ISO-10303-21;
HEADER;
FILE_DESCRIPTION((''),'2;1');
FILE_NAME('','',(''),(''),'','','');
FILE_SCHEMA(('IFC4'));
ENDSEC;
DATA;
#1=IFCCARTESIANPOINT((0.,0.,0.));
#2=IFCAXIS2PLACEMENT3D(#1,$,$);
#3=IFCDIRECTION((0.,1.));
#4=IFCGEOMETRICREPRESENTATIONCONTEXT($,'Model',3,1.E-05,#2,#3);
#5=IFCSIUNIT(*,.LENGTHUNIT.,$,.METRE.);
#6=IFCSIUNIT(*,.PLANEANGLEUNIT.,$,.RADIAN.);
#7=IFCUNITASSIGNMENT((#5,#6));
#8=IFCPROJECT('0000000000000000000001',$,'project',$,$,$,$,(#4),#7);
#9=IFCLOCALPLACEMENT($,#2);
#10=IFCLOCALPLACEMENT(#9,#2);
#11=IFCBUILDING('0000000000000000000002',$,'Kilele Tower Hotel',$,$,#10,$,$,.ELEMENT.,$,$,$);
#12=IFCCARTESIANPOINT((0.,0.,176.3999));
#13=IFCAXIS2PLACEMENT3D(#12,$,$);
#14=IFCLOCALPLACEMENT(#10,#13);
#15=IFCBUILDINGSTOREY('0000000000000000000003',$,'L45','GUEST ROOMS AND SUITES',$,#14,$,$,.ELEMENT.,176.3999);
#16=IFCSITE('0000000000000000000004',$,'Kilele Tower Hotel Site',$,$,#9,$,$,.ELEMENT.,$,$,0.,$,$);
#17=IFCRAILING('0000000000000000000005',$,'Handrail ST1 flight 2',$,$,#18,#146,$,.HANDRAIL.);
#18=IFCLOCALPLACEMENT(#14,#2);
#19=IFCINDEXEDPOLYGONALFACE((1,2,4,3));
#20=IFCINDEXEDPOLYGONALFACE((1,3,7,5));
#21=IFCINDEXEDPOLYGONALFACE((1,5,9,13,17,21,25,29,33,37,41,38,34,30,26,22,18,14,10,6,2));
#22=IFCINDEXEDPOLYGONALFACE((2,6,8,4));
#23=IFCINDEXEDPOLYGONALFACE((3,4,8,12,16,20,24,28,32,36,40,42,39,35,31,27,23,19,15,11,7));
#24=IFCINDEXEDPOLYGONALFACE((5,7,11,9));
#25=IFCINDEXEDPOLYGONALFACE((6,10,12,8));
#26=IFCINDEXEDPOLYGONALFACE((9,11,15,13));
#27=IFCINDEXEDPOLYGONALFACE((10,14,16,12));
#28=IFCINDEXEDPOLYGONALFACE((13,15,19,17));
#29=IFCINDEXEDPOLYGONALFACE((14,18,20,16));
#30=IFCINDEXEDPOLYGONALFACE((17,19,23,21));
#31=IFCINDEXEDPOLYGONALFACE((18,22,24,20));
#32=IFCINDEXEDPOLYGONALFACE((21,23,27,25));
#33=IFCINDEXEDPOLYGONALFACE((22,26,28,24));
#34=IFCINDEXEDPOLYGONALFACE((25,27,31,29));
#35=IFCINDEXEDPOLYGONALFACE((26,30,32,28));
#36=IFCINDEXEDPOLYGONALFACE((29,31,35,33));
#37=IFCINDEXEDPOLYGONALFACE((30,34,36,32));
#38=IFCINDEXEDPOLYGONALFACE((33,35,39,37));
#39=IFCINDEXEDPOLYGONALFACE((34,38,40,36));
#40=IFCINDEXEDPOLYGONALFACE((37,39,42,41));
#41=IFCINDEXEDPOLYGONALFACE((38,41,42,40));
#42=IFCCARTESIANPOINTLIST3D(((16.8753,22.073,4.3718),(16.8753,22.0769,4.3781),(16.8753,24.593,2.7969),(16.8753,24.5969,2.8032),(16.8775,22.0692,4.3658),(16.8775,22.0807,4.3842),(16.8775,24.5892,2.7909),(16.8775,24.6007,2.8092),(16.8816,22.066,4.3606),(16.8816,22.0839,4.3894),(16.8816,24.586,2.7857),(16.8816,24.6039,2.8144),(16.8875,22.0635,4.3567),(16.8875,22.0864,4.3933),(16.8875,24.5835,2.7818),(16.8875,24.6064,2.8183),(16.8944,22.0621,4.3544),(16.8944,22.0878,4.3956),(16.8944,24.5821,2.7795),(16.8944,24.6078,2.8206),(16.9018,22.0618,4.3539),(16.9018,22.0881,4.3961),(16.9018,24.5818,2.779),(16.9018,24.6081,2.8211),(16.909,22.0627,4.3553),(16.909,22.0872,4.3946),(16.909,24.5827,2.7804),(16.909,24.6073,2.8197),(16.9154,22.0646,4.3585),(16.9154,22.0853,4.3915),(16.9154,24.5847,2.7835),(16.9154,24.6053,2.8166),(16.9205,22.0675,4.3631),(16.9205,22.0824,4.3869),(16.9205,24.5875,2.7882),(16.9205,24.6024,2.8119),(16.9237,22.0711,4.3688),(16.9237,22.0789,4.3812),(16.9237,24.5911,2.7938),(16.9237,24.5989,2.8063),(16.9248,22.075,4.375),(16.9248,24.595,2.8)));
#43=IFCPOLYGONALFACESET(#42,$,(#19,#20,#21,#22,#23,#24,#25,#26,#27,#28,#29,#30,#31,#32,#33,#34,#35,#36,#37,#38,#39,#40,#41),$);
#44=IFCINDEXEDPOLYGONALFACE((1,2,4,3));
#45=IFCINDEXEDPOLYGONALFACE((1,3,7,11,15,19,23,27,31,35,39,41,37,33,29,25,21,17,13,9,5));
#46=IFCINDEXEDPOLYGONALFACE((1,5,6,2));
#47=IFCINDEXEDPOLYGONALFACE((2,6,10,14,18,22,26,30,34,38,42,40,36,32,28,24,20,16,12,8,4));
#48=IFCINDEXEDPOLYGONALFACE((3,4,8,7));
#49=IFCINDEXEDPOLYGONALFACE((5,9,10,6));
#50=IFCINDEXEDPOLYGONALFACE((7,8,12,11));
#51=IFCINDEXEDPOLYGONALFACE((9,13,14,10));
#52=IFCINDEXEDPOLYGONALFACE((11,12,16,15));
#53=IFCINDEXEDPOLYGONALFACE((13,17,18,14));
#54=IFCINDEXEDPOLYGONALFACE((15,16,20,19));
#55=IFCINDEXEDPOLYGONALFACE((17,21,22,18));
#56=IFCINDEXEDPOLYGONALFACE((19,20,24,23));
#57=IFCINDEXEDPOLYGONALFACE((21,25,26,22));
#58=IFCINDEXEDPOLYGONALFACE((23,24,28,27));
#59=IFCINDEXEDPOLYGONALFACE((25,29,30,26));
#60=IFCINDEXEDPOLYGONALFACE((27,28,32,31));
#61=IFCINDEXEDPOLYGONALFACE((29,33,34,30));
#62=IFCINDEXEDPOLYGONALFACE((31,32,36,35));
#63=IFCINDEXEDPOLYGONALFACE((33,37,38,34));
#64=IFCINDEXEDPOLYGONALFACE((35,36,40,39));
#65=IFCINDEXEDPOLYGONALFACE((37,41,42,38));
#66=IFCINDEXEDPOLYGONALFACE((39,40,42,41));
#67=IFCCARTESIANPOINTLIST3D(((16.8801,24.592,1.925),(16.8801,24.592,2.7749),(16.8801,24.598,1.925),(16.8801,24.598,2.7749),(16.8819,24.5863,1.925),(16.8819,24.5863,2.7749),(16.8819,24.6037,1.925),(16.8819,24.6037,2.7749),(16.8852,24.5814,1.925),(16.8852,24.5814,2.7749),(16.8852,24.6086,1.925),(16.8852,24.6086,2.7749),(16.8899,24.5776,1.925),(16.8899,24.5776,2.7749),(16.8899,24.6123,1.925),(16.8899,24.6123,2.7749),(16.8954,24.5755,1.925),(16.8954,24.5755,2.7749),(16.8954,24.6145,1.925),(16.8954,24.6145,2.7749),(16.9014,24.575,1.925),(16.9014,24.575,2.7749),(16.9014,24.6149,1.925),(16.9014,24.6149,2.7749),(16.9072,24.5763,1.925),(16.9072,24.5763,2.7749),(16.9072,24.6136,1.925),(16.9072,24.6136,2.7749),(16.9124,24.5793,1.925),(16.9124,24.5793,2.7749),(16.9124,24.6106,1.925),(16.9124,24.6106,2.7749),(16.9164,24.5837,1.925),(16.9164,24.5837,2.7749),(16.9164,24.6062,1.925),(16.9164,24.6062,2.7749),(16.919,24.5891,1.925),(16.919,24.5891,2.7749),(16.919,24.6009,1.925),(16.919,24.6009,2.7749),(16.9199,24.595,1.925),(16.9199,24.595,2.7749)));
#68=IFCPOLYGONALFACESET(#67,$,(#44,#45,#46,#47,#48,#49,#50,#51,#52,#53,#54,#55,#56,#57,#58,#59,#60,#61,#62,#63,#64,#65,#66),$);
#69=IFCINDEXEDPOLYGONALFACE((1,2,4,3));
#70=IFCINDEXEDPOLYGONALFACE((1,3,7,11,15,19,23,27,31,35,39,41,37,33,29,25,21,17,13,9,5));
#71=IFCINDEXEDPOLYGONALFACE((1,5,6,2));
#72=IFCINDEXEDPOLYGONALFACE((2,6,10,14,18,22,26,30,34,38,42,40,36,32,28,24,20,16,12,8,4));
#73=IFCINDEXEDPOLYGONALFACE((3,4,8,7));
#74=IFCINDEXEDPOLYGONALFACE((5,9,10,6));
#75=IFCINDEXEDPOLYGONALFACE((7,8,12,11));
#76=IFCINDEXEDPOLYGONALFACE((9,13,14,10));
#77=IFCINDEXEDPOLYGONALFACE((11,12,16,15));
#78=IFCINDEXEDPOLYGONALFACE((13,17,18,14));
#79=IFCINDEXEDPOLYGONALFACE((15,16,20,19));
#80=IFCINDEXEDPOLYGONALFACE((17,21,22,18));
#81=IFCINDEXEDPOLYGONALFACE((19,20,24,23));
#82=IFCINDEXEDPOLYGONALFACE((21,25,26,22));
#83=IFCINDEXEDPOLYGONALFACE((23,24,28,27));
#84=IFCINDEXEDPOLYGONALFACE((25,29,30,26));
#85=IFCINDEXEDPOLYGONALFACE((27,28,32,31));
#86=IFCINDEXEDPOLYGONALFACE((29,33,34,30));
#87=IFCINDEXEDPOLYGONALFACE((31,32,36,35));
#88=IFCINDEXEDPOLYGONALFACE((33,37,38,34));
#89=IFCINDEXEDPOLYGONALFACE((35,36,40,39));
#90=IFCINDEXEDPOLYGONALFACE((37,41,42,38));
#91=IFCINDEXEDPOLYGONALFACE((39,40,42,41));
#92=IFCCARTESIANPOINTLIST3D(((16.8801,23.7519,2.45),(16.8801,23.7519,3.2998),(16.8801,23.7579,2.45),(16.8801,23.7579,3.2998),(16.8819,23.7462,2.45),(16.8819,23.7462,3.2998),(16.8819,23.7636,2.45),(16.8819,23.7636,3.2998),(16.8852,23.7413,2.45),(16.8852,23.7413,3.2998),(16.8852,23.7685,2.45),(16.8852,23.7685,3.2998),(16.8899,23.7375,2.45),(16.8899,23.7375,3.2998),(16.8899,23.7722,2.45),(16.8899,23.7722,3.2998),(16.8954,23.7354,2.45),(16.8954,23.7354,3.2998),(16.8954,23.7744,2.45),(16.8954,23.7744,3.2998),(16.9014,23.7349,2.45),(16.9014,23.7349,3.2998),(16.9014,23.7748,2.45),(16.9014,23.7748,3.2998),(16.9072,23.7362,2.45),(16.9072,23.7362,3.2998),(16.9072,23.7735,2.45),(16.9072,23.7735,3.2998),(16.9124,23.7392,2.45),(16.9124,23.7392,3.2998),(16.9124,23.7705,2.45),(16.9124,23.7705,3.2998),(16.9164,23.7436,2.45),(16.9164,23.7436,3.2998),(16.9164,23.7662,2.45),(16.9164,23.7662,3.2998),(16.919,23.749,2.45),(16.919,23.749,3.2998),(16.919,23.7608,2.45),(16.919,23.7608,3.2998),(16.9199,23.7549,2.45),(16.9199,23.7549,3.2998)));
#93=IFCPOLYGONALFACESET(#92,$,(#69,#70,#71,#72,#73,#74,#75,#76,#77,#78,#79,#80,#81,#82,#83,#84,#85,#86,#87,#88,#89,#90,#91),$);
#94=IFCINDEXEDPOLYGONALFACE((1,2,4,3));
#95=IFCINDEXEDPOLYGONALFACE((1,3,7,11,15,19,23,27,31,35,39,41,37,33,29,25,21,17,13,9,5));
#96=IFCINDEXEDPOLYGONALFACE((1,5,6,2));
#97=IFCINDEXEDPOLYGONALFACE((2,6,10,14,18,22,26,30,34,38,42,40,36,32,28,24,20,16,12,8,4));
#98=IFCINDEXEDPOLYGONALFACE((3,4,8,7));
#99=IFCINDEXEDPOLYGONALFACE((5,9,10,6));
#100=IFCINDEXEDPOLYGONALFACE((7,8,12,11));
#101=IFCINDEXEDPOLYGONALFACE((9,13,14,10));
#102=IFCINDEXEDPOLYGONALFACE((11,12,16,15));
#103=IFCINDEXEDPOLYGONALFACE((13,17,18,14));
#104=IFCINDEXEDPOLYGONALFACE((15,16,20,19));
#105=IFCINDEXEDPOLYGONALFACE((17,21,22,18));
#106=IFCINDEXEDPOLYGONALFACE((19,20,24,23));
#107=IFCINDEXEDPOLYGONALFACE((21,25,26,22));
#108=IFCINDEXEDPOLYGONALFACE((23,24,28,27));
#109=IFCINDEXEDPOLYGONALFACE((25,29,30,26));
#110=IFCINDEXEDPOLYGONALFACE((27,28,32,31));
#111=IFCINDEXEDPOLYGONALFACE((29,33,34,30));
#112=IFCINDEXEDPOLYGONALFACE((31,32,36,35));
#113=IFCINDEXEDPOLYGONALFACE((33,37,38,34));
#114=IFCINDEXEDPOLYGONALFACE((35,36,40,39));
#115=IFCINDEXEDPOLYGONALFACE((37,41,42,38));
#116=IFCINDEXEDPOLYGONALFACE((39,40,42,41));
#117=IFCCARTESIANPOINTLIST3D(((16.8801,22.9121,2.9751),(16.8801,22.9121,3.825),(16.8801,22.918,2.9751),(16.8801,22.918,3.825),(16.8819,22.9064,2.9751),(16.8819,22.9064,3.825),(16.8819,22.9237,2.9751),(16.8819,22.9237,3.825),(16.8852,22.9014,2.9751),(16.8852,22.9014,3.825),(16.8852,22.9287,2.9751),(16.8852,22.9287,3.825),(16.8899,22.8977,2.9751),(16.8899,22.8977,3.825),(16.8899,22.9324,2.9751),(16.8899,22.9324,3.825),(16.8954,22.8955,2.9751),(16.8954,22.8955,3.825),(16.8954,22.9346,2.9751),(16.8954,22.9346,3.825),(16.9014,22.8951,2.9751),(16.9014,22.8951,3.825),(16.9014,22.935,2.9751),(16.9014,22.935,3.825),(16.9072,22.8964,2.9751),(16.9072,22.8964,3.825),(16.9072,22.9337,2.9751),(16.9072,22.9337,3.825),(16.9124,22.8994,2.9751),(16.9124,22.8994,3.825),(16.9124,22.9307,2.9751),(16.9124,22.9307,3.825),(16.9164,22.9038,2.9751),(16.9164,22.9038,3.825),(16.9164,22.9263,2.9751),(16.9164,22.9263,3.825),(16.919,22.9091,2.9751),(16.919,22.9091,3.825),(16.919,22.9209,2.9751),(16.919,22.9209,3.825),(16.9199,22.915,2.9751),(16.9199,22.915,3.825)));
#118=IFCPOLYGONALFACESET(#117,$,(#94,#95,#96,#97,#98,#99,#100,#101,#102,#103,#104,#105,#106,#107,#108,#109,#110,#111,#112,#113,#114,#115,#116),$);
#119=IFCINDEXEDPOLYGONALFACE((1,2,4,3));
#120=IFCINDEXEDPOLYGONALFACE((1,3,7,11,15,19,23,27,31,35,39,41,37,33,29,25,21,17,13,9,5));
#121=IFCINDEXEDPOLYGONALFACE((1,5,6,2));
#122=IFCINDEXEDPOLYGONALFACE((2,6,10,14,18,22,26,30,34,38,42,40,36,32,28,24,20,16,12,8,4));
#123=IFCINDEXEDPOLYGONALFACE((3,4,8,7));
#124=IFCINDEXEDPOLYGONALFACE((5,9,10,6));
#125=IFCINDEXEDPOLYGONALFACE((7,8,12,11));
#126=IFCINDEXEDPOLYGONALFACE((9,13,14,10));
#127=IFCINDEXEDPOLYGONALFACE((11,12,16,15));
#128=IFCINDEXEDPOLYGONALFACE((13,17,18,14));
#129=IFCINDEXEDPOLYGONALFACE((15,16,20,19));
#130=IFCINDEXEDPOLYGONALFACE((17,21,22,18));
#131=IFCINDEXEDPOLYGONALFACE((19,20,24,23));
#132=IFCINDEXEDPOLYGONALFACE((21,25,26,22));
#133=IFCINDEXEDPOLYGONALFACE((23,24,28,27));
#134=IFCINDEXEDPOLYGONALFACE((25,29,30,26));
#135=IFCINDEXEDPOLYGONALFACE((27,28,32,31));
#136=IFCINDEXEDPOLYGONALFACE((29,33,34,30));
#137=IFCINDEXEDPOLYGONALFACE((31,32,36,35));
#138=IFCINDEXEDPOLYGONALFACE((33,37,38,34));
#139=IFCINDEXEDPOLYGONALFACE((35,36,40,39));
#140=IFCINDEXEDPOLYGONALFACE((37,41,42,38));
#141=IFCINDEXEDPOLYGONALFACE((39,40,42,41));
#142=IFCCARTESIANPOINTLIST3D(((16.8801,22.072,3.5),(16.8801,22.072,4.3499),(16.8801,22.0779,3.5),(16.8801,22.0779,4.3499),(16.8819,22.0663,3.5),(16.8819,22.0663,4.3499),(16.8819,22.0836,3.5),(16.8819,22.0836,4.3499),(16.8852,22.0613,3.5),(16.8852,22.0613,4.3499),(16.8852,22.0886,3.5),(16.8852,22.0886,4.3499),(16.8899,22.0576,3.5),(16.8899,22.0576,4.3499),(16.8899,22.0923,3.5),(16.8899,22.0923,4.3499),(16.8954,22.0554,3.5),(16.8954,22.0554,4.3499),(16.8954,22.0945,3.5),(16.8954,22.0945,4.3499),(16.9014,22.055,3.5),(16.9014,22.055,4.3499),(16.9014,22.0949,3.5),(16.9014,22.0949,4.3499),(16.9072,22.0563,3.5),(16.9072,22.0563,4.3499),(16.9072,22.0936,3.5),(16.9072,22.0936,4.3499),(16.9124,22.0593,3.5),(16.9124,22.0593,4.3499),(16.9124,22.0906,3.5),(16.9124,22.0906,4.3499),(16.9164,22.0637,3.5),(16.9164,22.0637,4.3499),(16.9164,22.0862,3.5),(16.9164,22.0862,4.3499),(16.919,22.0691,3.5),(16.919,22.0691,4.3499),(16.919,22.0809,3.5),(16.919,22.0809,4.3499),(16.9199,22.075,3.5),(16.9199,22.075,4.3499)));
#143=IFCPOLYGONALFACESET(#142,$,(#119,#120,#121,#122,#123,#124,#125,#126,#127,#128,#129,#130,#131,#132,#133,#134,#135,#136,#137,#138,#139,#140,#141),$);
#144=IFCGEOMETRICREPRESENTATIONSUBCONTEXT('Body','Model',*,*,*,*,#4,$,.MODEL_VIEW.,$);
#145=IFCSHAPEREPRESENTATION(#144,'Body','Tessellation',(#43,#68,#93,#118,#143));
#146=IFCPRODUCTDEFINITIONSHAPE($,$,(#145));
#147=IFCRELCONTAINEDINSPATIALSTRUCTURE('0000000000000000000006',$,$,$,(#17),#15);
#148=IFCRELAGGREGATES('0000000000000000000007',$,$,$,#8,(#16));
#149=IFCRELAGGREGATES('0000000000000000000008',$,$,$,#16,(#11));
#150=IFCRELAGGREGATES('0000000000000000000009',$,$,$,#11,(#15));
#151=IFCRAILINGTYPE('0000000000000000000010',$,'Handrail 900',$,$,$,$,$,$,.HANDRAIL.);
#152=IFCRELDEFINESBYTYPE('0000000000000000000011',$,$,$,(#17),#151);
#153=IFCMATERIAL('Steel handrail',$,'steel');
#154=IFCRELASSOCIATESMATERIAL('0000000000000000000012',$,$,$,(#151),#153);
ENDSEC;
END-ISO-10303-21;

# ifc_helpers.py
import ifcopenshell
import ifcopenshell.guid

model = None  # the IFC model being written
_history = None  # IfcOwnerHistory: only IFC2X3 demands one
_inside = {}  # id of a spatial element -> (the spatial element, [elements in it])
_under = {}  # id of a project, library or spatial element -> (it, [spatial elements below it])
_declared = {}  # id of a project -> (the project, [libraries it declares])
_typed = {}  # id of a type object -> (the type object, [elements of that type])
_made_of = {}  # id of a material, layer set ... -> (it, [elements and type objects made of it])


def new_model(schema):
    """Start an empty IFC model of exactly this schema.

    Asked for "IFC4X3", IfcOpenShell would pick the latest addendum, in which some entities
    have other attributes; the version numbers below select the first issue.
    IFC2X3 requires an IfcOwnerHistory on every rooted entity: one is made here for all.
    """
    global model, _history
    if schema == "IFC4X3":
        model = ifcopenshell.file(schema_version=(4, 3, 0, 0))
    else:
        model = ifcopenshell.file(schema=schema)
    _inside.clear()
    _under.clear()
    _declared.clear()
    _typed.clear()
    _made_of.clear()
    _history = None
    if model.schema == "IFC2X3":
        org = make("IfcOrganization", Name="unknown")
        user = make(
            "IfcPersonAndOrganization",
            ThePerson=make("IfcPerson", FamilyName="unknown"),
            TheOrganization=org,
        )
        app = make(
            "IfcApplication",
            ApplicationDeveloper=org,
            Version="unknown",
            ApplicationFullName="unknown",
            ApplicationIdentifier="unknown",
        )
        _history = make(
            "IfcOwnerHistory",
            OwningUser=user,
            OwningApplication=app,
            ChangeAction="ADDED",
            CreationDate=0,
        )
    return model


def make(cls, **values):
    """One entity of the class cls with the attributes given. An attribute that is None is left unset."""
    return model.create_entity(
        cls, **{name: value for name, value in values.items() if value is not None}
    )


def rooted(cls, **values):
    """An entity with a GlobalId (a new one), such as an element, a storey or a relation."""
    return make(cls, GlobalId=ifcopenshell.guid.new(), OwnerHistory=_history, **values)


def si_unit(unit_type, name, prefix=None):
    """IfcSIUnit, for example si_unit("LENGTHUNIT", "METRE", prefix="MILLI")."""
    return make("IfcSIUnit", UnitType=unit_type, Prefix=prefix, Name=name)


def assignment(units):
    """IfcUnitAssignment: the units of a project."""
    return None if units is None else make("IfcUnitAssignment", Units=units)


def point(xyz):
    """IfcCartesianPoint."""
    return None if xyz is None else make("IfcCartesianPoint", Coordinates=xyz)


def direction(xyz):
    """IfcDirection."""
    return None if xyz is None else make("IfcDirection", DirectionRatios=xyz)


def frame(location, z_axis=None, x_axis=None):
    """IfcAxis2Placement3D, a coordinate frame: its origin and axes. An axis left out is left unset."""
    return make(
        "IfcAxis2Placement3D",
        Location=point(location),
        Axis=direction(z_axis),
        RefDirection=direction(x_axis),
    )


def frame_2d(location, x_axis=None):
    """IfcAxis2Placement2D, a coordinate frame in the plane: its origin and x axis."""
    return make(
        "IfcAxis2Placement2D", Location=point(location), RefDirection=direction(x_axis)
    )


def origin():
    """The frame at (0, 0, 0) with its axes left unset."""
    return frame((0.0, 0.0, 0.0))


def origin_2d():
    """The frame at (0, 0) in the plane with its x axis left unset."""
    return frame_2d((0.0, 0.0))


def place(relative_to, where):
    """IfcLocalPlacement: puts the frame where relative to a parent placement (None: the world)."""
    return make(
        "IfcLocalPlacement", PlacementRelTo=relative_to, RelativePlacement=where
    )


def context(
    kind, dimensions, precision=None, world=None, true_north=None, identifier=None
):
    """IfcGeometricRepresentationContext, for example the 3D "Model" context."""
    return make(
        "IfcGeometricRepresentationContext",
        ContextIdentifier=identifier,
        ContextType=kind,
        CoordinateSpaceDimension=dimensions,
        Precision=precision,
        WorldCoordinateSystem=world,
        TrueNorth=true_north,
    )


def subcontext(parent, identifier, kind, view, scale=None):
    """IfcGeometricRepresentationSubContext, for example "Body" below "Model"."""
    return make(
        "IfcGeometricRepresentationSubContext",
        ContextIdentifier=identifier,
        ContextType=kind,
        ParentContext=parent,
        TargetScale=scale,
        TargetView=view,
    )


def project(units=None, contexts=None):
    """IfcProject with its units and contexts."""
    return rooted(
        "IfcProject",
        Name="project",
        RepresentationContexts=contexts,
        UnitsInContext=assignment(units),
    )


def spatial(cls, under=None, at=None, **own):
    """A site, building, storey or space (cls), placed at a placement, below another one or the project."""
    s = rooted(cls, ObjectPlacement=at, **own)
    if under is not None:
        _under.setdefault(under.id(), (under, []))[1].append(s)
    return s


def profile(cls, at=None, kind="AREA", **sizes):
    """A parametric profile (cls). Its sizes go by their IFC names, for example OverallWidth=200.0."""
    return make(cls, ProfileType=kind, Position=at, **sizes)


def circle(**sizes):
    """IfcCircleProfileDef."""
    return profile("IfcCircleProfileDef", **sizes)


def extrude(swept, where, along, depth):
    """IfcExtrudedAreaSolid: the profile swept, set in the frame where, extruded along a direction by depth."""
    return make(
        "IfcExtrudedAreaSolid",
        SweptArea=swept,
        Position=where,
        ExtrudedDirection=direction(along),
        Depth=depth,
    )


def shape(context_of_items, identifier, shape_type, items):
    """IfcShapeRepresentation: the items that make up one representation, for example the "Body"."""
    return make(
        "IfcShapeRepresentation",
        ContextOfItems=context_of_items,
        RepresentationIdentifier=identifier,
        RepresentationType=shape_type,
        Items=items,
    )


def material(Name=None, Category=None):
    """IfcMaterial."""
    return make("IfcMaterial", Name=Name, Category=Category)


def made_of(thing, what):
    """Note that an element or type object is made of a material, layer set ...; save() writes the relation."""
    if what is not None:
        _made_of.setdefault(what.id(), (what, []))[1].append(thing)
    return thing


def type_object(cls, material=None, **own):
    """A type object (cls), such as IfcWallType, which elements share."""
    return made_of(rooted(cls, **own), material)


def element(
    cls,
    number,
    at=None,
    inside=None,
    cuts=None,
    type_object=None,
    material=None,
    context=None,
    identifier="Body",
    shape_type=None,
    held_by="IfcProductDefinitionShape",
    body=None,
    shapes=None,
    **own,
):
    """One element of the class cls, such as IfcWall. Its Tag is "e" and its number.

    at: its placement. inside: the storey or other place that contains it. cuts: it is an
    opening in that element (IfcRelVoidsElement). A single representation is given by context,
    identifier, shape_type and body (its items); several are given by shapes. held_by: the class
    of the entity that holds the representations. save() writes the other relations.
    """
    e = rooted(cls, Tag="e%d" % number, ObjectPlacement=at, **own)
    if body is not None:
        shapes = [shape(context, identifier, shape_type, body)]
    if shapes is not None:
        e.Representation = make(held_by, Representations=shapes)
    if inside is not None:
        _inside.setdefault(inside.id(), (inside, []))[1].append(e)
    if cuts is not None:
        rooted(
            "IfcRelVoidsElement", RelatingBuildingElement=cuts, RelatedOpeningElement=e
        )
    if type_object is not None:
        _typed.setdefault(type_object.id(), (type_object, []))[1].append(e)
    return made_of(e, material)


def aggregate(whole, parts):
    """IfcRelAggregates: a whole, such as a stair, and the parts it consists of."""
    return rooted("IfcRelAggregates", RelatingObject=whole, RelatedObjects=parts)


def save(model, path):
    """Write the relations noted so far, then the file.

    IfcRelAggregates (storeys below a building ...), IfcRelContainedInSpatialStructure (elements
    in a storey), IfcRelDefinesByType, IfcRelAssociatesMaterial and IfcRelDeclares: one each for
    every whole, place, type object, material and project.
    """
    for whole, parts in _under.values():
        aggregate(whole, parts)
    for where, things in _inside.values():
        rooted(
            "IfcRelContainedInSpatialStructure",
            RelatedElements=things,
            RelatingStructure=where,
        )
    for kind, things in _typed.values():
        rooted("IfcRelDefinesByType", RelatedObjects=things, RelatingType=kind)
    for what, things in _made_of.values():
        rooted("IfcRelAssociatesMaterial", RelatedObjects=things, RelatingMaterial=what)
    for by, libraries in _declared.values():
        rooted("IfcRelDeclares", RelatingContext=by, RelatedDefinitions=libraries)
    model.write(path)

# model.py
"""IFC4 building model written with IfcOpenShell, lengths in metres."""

from ifc_helpers import new_model, si_unit, direction, frame, origin, origin_2d, place, context, subcontext, project, spatial, circle, extrude, material, type_object, element, save


model = new_model("IFC4")

# Units and contexts
model_context = context("Model", 3, precision=1e-05, world=origin(), true_north=direction((0.0, 1.0)))
body_context = subcontext(model_context, "Body", "Model", "MODEL_VIEW")
ifc_project = project(units=[si_unit("LENGTHUNIT", "METRE"), si_unit("PLANEANGLEUNIT", "RADIAN")], contexts=[model_context])

# Site, building, storey
site_placement = place(None, origin())
site = spatial("IfcSite", under=ifc_project, at=site_placement, Name="Kilele Tower Hotel Site", CompositionType="ELEMENT", RefElevation=0.0)
building_placement = place(site_placement, origin())
building = spatial("IfcBuilding", under=site, at=building_placement, Name="Kilele Tower Hotel", CompositionType="ELEMENT")
storey_placement = place(building_placement, frame((0.0, 0.0, 176.3999)))
storey = spatial("IfcBuildingStorey", under=building, at=storey_placement, Name="L45", Description="GUEST ROOMS AND SUITES", CompositionType="ELEMENT", Elevation=176.3999)

# Railing
ifc_material_1 = material(Name="Steel handrail", Category="steel")
railing_type_1 = type_object("IfcRailingType", Name="Handrail 900", PredefinedType="HANDRAIL", material=ifc_material_1)
for number, where, name in (
    (1, (16.8999, 24.595, 1.925), "Handrail ST1 flight 2"),
):
    element("IfcRailing", number, at=place(storey_placement, frame(where)), inside=storey, type_object=railing_type_1, Name=name, PredefinedType="HANDRAIL", context=body_context, shape_type="SweptSolid", body=[
        extrude(circle(Radius=0.0249, at=origin_2d()), frame((0.0, 0.0, 0.875), z_axis=(0.0, -0.848008, 0.529984), x_axis=(1.0, 0.0, 0.0)), (0.0, 0.0, 1.0), 2.9717),
        extrude(circle(Radius=0.02, at=origin_2d()), origin(), (0.0, 0.0, 1.0), 0.8499),
        extrude(circle(Radius=0.02, at=origin_2d()), frame((0.0, -0.8401, 0.5249)), (0.0, 0.0, 1.0), 0.8499),
        extrude(circle(Radius=0.02, at=origin_2d()), frame((0.0, -1.6799, 1.05)), (0.0, 0.0, 1.0), 0.8499),
        extrude(circle(Radius=0.02, at=origin_2d()), frame((0.0, -2.52, 1.575)), (0.0, 0.0, 1.0), 0.8499),
    ])

save(model, "model.ifc")
